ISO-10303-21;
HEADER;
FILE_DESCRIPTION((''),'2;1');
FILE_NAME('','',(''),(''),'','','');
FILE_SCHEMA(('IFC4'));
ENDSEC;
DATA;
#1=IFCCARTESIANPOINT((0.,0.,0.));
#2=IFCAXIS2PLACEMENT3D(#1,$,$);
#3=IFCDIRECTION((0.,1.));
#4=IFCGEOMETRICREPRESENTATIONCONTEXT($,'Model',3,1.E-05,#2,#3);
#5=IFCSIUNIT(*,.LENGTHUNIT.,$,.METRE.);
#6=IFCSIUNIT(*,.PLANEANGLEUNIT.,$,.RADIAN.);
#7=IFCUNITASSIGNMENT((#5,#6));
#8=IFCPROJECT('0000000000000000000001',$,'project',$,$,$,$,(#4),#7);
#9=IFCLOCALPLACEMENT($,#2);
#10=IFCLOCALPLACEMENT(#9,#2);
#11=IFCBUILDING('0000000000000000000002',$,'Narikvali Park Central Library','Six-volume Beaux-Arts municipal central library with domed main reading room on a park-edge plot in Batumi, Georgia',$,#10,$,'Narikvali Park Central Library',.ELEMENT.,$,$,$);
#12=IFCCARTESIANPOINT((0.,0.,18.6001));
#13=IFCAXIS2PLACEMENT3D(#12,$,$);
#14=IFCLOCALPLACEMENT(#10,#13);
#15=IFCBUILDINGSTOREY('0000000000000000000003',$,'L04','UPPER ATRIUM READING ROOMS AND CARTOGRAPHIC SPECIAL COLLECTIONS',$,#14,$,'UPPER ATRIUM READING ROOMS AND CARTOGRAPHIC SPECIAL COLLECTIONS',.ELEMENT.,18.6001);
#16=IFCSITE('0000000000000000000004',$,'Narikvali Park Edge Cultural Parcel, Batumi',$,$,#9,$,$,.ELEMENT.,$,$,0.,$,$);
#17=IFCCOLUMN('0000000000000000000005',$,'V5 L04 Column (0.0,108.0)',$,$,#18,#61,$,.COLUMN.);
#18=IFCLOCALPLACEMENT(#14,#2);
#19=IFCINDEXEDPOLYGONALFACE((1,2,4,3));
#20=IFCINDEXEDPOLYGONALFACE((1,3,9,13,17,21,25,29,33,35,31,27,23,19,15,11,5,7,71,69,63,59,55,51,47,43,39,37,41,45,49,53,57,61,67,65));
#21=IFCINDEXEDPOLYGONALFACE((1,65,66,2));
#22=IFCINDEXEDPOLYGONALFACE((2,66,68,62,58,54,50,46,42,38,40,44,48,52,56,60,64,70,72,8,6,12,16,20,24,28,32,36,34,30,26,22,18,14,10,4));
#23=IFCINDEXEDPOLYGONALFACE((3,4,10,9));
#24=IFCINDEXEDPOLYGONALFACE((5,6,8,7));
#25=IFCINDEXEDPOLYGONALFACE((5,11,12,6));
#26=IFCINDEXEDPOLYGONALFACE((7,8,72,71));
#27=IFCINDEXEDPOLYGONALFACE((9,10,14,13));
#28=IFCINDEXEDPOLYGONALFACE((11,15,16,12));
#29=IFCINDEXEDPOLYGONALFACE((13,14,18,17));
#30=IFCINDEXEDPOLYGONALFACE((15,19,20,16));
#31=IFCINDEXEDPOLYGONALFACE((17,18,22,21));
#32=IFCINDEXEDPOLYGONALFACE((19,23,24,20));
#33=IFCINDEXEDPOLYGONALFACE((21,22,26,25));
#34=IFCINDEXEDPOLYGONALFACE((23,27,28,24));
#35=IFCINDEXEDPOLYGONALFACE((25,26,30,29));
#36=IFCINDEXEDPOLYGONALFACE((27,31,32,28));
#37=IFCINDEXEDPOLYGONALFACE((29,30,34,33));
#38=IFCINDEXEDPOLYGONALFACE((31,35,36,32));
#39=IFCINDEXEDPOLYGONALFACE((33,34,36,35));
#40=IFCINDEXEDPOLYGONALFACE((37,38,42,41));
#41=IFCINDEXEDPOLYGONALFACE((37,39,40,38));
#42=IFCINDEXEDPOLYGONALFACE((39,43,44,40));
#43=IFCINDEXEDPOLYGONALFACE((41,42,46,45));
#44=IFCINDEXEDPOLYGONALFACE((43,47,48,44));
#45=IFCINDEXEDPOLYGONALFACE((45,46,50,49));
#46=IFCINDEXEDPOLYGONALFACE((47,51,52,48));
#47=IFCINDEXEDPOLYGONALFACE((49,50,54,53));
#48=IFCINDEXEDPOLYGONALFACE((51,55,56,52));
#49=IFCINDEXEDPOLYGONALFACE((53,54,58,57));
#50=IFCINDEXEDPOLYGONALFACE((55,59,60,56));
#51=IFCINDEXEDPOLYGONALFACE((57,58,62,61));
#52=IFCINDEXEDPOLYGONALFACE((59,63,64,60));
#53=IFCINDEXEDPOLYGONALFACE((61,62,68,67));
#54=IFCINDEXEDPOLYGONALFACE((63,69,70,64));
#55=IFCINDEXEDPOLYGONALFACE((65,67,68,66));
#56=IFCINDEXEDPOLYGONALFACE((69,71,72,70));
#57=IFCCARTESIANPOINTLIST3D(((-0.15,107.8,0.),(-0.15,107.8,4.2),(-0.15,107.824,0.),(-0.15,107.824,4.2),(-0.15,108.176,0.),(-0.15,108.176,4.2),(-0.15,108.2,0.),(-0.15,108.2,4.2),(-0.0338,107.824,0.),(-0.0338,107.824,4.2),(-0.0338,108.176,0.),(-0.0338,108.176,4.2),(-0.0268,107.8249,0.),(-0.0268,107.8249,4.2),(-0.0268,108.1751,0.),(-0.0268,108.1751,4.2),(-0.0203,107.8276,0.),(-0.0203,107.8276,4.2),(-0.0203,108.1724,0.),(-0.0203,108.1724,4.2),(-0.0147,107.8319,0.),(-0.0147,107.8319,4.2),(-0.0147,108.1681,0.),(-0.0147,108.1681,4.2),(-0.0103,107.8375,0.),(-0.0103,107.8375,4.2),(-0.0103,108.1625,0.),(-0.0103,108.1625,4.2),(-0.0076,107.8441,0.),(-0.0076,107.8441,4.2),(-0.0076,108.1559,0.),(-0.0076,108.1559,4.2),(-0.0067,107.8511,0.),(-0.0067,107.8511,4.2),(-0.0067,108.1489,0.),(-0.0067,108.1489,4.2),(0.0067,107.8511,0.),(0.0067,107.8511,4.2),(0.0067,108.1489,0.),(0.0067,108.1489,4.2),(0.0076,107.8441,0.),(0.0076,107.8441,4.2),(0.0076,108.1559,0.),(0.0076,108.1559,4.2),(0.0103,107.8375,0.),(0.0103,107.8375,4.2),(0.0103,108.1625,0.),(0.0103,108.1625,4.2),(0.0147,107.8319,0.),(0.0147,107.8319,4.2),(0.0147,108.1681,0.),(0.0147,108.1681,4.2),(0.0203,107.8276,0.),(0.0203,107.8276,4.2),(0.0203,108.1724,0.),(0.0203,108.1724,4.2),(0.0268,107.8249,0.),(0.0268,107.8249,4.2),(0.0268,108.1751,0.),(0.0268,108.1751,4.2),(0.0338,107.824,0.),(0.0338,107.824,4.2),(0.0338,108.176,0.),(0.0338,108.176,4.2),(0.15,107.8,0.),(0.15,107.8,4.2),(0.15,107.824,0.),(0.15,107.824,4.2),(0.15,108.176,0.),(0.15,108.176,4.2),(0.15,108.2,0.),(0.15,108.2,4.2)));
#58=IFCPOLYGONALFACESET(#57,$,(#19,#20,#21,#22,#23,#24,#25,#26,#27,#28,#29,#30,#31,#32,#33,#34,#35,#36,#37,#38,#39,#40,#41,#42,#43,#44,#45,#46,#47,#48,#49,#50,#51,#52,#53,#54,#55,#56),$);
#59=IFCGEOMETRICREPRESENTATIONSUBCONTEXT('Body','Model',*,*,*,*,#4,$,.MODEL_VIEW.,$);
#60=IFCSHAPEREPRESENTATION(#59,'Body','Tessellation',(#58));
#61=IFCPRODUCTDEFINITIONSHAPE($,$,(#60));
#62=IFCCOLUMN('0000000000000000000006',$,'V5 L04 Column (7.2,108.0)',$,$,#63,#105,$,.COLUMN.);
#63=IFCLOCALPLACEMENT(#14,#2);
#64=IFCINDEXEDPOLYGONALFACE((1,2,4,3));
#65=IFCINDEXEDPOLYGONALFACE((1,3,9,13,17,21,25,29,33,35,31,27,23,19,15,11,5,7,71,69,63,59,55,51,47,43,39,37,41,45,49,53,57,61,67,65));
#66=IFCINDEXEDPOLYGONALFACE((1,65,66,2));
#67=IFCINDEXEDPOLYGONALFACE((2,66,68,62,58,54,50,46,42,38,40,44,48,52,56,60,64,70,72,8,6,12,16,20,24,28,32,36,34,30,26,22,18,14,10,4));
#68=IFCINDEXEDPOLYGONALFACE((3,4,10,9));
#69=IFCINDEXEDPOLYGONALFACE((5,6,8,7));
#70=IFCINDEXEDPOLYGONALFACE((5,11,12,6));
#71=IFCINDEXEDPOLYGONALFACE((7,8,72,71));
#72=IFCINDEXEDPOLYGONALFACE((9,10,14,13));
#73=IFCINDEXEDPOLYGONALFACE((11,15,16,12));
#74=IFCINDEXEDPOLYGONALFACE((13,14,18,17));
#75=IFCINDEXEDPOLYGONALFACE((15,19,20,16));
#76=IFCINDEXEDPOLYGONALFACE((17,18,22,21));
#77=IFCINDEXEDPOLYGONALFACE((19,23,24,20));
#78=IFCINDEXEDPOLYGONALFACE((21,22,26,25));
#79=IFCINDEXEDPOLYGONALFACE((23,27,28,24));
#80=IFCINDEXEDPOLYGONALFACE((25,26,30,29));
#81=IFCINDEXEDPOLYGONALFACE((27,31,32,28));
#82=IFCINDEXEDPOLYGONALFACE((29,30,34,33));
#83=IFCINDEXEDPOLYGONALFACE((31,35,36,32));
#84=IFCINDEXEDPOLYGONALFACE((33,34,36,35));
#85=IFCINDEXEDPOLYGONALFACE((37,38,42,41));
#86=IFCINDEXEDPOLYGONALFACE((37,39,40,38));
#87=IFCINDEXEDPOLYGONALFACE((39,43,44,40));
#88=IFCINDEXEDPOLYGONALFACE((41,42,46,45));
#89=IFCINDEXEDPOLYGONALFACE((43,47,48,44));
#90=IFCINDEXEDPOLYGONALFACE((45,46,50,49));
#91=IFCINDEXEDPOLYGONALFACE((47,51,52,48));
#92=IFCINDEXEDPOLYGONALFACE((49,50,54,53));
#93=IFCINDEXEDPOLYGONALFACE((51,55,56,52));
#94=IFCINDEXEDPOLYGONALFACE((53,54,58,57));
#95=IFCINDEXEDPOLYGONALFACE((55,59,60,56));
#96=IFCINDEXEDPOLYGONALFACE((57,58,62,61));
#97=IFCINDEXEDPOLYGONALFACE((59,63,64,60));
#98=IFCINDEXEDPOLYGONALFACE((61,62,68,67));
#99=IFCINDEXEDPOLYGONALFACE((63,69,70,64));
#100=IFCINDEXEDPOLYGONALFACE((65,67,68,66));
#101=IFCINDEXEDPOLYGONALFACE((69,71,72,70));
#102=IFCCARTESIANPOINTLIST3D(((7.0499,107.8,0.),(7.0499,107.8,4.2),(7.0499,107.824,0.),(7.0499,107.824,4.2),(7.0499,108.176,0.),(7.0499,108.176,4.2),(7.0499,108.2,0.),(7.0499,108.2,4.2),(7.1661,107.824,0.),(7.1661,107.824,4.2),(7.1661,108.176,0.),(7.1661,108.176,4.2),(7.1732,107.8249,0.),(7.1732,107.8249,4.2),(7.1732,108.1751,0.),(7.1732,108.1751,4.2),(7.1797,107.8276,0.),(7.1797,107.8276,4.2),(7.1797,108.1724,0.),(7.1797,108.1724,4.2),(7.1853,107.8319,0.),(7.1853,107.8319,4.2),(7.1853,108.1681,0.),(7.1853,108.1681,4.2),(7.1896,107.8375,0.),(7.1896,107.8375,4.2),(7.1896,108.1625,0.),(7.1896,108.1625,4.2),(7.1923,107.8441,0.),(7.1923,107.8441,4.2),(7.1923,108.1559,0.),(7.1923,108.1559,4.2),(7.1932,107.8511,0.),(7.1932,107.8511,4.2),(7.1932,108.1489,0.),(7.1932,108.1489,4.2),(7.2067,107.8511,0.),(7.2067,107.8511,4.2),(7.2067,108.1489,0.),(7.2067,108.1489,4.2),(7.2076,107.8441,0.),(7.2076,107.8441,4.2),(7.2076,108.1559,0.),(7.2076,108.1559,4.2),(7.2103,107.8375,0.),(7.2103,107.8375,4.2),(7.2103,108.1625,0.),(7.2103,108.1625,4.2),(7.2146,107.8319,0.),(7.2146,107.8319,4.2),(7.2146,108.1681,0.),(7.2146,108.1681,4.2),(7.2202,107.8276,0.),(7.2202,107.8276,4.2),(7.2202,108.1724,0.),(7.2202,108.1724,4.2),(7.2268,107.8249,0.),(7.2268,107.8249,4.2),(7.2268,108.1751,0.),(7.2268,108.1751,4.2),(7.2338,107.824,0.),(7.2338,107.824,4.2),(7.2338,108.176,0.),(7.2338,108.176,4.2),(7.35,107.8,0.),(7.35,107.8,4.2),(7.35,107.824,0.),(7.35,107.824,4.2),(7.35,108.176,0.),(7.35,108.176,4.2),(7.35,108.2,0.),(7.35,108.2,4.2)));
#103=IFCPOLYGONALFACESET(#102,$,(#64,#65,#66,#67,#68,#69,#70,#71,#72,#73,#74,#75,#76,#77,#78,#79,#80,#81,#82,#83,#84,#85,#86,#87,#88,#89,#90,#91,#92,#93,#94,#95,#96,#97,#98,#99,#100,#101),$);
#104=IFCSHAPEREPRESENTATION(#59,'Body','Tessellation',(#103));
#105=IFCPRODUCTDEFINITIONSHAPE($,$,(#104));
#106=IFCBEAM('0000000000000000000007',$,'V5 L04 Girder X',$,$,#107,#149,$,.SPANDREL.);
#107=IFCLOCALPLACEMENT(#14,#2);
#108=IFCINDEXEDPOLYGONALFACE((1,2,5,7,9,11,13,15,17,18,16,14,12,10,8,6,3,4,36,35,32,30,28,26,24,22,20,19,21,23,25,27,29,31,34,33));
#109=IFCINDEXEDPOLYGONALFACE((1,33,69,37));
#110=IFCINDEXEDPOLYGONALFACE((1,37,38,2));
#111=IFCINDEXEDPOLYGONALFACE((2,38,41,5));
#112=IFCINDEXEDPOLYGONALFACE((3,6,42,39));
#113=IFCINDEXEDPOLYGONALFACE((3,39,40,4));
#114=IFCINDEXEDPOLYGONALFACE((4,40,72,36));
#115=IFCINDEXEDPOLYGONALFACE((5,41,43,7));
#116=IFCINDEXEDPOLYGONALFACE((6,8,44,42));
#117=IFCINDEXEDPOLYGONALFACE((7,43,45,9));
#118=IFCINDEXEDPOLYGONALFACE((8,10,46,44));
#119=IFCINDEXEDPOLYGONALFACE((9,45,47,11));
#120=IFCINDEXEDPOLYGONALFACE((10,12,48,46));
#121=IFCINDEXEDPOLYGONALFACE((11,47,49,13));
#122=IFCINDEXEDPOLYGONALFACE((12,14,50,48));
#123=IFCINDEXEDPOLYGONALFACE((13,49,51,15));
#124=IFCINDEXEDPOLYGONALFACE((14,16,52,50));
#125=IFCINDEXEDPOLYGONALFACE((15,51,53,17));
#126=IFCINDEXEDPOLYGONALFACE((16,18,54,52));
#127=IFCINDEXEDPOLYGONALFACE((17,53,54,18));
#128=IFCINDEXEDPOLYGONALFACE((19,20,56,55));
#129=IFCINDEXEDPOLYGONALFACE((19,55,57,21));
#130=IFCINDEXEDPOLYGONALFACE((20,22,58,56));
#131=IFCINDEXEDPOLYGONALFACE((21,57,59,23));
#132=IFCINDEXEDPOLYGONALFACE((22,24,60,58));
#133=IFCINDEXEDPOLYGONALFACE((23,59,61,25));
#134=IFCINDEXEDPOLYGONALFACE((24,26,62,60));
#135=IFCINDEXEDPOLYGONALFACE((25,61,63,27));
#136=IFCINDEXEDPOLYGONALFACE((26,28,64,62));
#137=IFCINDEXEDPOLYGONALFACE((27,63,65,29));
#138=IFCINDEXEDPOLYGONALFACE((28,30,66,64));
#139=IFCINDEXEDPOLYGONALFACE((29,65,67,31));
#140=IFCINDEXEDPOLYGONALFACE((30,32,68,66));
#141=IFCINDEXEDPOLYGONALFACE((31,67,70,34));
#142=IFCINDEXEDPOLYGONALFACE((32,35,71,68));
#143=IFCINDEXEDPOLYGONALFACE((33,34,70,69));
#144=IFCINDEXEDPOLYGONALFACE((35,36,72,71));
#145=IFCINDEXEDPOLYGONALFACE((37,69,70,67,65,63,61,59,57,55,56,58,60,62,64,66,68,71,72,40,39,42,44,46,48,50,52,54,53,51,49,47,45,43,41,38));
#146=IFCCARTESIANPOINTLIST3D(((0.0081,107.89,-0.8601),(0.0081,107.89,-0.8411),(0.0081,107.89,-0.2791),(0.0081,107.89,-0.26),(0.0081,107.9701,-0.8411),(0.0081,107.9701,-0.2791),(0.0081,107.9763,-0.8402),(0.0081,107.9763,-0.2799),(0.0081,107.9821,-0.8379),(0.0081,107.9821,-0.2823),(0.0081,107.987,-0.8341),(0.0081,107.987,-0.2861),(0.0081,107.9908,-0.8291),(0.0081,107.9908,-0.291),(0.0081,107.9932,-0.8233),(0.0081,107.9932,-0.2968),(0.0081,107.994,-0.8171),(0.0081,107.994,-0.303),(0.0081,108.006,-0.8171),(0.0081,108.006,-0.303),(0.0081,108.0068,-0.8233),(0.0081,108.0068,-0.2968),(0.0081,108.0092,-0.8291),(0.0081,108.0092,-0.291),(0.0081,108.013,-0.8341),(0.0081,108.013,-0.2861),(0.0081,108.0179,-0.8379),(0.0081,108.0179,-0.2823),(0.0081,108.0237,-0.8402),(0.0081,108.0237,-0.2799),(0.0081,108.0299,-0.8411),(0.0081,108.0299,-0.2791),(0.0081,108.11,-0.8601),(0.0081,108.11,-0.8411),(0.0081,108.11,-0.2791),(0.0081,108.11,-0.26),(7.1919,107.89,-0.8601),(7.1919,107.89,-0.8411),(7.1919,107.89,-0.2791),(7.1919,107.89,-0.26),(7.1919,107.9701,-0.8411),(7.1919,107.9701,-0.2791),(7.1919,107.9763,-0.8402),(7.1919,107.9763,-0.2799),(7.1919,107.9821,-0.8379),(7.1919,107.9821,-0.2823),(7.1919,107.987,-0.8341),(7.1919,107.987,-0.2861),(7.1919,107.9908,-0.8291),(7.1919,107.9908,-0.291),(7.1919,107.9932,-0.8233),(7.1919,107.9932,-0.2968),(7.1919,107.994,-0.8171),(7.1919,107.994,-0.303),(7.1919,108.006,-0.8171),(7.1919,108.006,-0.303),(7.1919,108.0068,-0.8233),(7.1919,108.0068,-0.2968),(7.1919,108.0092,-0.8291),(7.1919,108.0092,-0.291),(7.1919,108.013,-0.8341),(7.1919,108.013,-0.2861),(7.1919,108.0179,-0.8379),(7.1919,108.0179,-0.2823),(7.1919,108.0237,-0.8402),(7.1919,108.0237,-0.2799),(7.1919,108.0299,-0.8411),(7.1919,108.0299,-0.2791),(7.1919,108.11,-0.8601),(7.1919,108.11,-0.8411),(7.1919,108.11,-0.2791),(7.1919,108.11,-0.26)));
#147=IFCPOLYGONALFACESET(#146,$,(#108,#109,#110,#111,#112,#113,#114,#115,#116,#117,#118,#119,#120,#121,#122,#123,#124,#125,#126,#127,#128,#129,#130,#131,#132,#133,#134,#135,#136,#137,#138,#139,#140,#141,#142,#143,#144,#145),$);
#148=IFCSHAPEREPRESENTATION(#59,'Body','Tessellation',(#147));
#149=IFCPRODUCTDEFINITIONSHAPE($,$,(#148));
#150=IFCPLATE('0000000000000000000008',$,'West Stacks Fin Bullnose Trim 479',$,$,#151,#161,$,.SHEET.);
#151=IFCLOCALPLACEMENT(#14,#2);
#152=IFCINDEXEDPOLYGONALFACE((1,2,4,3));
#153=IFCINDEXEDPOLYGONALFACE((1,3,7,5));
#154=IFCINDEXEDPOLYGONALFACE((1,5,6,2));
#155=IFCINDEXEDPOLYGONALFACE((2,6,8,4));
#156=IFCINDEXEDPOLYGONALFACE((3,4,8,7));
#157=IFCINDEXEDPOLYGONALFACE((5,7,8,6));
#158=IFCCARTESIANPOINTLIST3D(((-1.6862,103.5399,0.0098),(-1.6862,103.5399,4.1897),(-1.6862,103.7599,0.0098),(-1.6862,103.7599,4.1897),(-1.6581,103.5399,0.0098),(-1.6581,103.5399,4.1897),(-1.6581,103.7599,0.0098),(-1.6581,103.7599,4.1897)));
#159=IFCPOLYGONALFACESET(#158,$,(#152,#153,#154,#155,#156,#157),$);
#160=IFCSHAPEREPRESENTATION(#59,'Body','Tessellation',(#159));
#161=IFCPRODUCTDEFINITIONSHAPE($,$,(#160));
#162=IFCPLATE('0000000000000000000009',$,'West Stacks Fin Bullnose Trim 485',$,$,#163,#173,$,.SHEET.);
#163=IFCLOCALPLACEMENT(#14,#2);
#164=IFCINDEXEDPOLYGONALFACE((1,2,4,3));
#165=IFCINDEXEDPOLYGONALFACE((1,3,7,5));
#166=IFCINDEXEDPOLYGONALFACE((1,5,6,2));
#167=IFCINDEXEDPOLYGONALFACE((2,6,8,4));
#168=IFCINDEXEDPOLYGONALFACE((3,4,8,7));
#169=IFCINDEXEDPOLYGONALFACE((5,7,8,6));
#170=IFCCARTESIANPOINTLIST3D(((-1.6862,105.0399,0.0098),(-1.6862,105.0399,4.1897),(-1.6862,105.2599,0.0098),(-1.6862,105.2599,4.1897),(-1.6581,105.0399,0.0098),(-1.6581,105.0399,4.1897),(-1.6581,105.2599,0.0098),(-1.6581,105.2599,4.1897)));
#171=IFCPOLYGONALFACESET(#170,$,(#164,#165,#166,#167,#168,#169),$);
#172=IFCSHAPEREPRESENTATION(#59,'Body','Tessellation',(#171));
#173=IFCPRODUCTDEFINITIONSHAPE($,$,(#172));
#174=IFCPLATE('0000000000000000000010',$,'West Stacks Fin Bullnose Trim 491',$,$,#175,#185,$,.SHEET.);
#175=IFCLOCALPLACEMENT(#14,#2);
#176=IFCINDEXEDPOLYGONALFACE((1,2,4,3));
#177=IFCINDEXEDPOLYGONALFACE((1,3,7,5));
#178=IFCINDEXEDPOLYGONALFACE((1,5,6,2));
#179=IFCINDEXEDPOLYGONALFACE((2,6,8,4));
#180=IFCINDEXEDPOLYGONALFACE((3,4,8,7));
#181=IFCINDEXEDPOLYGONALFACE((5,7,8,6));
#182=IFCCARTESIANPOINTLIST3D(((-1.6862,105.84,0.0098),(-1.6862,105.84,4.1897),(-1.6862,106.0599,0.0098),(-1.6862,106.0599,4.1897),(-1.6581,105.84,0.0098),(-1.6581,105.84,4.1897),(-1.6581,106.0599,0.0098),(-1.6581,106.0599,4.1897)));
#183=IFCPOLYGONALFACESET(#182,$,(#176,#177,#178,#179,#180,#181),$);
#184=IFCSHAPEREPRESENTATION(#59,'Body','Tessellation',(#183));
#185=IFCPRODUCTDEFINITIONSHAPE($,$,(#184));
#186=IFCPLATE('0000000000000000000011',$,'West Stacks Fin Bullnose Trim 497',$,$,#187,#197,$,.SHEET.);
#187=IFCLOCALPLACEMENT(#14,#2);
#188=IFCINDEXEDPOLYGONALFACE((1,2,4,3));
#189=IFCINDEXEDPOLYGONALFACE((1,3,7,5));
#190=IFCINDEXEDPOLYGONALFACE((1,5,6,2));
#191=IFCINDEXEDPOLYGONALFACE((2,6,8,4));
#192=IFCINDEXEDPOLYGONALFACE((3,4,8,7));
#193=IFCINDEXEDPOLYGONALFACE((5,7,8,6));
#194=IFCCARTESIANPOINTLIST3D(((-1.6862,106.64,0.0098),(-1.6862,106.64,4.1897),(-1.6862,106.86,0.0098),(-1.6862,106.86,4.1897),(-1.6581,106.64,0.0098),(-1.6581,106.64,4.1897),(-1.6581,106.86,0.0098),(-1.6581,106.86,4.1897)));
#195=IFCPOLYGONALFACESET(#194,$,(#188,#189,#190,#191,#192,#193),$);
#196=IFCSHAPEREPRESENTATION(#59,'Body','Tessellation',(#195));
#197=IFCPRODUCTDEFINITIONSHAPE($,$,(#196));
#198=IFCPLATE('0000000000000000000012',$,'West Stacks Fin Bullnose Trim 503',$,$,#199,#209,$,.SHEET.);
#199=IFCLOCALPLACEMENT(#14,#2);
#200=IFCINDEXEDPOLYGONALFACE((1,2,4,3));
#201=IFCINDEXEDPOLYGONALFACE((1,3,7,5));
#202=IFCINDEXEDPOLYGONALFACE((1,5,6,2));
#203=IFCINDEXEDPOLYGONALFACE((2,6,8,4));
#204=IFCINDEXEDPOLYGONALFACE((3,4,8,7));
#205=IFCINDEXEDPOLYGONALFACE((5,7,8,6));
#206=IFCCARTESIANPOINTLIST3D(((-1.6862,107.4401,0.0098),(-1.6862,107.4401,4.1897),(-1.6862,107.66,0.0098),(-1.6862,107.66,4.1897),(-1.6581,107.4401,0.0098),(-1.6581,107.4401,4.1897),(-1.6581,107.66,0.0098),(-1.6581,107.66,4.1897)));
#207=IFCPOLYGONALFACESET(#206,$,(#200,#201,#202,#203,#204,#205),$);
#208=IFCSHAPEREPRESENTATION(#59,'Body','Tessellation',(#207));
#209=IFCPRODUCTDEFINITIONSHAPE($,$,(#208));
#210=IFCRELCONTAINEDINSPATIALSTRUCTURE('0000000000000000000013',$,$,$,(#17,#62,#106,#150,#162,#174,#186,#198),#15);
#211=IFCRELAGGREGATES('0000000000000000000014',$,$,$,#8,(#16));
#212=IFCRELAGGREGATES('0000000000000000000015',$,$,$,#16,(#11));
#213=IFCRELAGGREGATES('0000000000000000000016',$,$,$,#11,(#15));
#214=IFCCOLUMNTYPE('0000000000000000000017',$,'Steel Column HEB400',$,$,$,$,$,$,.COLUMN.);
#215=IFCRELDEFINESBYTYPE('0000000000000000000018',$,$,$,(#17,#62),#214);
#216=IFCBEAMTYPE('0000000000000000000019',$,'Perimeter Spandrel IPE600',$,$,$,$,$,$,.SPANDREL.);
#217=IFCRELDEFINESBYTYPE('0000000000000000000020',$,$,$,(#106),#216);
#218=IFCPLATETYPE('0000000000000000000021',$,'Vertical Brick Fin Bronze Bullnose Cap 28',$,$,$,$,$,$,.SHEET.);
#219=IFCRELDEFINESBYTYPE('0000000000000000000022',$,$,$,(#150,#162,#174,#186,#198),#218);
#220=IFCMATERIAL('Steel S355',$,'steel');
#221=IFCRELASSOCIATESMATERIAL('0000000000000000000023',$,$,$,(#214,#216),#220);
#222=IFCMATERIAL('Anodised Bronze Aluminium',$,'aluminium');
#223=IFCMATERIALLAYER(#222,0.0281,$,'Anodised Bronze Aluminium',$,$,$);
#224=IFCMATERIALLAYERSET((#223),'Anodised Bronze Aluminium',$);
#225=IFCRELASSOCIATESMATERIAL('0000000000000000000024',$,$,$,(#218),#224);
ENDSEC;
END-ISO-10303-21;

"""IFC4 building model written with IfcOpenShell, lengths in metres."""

from ifc_helpers import new_model, si_unit, direction, frame, origin, origin_2d, place, context, subcontext, project, spatial, rectangle, i_section, extrude, material, layer, layer_set, material_profile, profile_set, type_object, element, save


model = new_model("IFC4")

# Units and contexts
model_context = context("Model", 3, precision=1e-05, world=origin(), true_north=direction((0.0, 1.0)))
body_context = subcontext(model_context, "Body", "Model", "MODEL_VIEW")
ifc_project = project(units=[si_unit("LENGTHUNIT", "METRE"), si_unit("PLANEANGLEUNIT", "RADIAN")], contexts=[model_context])

# Site, building, storey
site_placement = place(None, origin())
site = spatial("IfcSite", under=ifc_project, at=site_placement, Name="Narikvali Park Edge Cultural Parcel, Batumi", CompositionType="ELEMENT", RefElevation=0.0)
building_placement = place(site_placement, origin())
building = spatial("IfcBuilding", under=site, at=building_placement, Name="Narikvali Park Central Library", Description="Six-volume Beaux-Arts municipal central library with domed main reading room on a park-edge plot in Batumi, Georgia", LongName="Narikvali Park Central Library", CompositionType="ELEMENT")
storey_placement = place(building_placement, frame((0.0, 0.0, 18.6001)))
storey = spatial("IfcBuildingStorey", under=building, at=storey_placement, Name="L04", Description="UPPER ATRIUM READING ROOMS AND CARTOGRAPHIC SPECIAL COLLECTIONS", LongName="UPPER ATRIUM READING ROOMS AND CARTOGRAPHIC SPECIAL COLLECTIONS", CompositionType="ELEMENT", Elevation=18.6001)

# Columns
ifc_material_1 = material(Name="Steel S355", Category="steel")
ifc_material_profile_1 = material_profile(ifc_material_1, i_section(OverallWidth=0.3, OverallDepth=0.3999, WebThickness=0.0134, FlangeThickness=0.0239, FilletRadius=0.0271, at=origin_2d()), Name="HEB 400")
ifc_profile_set_1 = profile_set([ifc_material_profile_1], Name="Steel S355")
column_type = type_object("IfcColumnType", Name="Steel Column HEB400", PredefinedType="COLUMN", material=ifc_profile_set_1)
for number, where, z_axis, x_axis, name in (
    (1, (0.0, 108.0, 0.0), (0.0, 0.0, 1.0), (1.0, 0.0, 0.0), "V5 L04 Column (0.0,108.0)"),
    (2, (7.2, 108.0, 0.0), (0.0, 0.0, 1.0), (1.0, 0.0, 0.0), "V5 L04 Column (7.2,108.0)"),
):
    element("IfcColumn", number, at=place(storey_placement, frame(where, z_axis=z_axis, x_axis=x_axis)), inside=storey, type_object=column_type, Name=name, PredefinedType="COLUMN", context=body_context, shape_type="SweptSolid", body=[
        extrude(i_section(OverallWidth=0.3, OverallDepth=0.3999, WebThickness=0.0134, FlangeThickness=0.0239, FilletRadius=0.0271, at=origin_2d()), origin(), (0.0, 0.0, 1.0), 4.2),
    ])

# Beam
ifc_material_profile_2 = material_profile(ifc_material_1, i_section(OverallWidth=0.22, OverallDepth=0.6001, WebThickness=0.012, FlangeThickness=0.019, FilletRadius=0.0239, at=origin_2d()), Name="IPE 600")
ifc_profile_set_2 = profile_set([ifc_material_profile_2], Name="Steel S355")
beam_type = type_object("IfcBeamType", Name="Perimeter Spandrel IPE600", PredefinedType="SPANDREL", material=ifc_profile_set_2)
beam_placement = place(storey_placement, frame((0.0081, 108.0, -0.5601), z_axis=(1.0, 0.0, 0.0), x_axis=(0.0, 1.0, 0.0)))
element("IfcBeam", 3, at=beam_placement, inside=storey, type_object=beam_type, Name="V5 L04 Girder X", PredefinedType="SPANDREL", context=body_context, shape_type="SweptSolid", body=[
    extrude(i_section(OverallWidth=0.22, OverallDepth=0.6001, WebThickness=0.012, FlangeThickness=0.019, FilletRadius=0.0239, at=origin_2d()), origin(), (0.0, 0.0, 1.0), 7.1838),
])

# Plates
ifc_material_2 = material(Name="Anodised Bronze Aluminium", Category="aluminium")
ifc_layer_1 = layer(ifc_material_2, 0.0281, Name="Anodised Bronze Aluminium")
ifc_layer_set_1 = layer_set([ifc_layer_1], Name="Anodised Bronze Aluminium")
plate_type = type_object("IfcPlateType", Name="Vertical Brick Fin Bronze Bullnose Cap 28", PredefinedType="SHEET", material=ifc_layer_set_1)
for number, where, z_axis, x_axis, name in (
    (4, (-1.6721, 103.6499, 0.0098), (0.0, 0.0, 1.0), (1.0, 0.0, 0.0), "West Stacks Fin Bullnose Trim 479"),
    (5, (-1.6721, 105.1499, 0.0098), (0.0, 0.0, 1.0), (1.0, 0.0, 0.0), "West Stacks Fin Bullnose Trim 485"),
    (6, (-1.6721, 105.95, 0.0098), (0.0, 0.0, 1.0), (1.0, 0.0, 0.0), "West Stacks Fin Bullnose Trim 491"),
    (7, (-1.6721, 106.75, 0.0098), (0.0, 0.0, 1.0), (1.0, 0.0, 0.0), "West Stacks Fin Bullnose Trim 497"),
    (8, (-1.6721, 107.55, 0.0098), (0.0, 0.0, 1.0), (1.0, 0.0, 0.0), "West Stacks Fin Bullnose Trim 503"),
):
    element("IfcPlate", number, at=place(storey_placement, frame(where, z_axis=z_axis, x_axis=x_axis)), inside=storey, type_object=plate_type, Name=name, PredefinedType="SHEET", context=body_context, shape_type="SweptSolid", body=[
        extrude(rectangle(XDim=0.0281, YDim=0.22, at=origin_2d()), origin(), (0.0, 0.0, 1.0), 4.1799),
    ])

save(model, "model.ifc")
